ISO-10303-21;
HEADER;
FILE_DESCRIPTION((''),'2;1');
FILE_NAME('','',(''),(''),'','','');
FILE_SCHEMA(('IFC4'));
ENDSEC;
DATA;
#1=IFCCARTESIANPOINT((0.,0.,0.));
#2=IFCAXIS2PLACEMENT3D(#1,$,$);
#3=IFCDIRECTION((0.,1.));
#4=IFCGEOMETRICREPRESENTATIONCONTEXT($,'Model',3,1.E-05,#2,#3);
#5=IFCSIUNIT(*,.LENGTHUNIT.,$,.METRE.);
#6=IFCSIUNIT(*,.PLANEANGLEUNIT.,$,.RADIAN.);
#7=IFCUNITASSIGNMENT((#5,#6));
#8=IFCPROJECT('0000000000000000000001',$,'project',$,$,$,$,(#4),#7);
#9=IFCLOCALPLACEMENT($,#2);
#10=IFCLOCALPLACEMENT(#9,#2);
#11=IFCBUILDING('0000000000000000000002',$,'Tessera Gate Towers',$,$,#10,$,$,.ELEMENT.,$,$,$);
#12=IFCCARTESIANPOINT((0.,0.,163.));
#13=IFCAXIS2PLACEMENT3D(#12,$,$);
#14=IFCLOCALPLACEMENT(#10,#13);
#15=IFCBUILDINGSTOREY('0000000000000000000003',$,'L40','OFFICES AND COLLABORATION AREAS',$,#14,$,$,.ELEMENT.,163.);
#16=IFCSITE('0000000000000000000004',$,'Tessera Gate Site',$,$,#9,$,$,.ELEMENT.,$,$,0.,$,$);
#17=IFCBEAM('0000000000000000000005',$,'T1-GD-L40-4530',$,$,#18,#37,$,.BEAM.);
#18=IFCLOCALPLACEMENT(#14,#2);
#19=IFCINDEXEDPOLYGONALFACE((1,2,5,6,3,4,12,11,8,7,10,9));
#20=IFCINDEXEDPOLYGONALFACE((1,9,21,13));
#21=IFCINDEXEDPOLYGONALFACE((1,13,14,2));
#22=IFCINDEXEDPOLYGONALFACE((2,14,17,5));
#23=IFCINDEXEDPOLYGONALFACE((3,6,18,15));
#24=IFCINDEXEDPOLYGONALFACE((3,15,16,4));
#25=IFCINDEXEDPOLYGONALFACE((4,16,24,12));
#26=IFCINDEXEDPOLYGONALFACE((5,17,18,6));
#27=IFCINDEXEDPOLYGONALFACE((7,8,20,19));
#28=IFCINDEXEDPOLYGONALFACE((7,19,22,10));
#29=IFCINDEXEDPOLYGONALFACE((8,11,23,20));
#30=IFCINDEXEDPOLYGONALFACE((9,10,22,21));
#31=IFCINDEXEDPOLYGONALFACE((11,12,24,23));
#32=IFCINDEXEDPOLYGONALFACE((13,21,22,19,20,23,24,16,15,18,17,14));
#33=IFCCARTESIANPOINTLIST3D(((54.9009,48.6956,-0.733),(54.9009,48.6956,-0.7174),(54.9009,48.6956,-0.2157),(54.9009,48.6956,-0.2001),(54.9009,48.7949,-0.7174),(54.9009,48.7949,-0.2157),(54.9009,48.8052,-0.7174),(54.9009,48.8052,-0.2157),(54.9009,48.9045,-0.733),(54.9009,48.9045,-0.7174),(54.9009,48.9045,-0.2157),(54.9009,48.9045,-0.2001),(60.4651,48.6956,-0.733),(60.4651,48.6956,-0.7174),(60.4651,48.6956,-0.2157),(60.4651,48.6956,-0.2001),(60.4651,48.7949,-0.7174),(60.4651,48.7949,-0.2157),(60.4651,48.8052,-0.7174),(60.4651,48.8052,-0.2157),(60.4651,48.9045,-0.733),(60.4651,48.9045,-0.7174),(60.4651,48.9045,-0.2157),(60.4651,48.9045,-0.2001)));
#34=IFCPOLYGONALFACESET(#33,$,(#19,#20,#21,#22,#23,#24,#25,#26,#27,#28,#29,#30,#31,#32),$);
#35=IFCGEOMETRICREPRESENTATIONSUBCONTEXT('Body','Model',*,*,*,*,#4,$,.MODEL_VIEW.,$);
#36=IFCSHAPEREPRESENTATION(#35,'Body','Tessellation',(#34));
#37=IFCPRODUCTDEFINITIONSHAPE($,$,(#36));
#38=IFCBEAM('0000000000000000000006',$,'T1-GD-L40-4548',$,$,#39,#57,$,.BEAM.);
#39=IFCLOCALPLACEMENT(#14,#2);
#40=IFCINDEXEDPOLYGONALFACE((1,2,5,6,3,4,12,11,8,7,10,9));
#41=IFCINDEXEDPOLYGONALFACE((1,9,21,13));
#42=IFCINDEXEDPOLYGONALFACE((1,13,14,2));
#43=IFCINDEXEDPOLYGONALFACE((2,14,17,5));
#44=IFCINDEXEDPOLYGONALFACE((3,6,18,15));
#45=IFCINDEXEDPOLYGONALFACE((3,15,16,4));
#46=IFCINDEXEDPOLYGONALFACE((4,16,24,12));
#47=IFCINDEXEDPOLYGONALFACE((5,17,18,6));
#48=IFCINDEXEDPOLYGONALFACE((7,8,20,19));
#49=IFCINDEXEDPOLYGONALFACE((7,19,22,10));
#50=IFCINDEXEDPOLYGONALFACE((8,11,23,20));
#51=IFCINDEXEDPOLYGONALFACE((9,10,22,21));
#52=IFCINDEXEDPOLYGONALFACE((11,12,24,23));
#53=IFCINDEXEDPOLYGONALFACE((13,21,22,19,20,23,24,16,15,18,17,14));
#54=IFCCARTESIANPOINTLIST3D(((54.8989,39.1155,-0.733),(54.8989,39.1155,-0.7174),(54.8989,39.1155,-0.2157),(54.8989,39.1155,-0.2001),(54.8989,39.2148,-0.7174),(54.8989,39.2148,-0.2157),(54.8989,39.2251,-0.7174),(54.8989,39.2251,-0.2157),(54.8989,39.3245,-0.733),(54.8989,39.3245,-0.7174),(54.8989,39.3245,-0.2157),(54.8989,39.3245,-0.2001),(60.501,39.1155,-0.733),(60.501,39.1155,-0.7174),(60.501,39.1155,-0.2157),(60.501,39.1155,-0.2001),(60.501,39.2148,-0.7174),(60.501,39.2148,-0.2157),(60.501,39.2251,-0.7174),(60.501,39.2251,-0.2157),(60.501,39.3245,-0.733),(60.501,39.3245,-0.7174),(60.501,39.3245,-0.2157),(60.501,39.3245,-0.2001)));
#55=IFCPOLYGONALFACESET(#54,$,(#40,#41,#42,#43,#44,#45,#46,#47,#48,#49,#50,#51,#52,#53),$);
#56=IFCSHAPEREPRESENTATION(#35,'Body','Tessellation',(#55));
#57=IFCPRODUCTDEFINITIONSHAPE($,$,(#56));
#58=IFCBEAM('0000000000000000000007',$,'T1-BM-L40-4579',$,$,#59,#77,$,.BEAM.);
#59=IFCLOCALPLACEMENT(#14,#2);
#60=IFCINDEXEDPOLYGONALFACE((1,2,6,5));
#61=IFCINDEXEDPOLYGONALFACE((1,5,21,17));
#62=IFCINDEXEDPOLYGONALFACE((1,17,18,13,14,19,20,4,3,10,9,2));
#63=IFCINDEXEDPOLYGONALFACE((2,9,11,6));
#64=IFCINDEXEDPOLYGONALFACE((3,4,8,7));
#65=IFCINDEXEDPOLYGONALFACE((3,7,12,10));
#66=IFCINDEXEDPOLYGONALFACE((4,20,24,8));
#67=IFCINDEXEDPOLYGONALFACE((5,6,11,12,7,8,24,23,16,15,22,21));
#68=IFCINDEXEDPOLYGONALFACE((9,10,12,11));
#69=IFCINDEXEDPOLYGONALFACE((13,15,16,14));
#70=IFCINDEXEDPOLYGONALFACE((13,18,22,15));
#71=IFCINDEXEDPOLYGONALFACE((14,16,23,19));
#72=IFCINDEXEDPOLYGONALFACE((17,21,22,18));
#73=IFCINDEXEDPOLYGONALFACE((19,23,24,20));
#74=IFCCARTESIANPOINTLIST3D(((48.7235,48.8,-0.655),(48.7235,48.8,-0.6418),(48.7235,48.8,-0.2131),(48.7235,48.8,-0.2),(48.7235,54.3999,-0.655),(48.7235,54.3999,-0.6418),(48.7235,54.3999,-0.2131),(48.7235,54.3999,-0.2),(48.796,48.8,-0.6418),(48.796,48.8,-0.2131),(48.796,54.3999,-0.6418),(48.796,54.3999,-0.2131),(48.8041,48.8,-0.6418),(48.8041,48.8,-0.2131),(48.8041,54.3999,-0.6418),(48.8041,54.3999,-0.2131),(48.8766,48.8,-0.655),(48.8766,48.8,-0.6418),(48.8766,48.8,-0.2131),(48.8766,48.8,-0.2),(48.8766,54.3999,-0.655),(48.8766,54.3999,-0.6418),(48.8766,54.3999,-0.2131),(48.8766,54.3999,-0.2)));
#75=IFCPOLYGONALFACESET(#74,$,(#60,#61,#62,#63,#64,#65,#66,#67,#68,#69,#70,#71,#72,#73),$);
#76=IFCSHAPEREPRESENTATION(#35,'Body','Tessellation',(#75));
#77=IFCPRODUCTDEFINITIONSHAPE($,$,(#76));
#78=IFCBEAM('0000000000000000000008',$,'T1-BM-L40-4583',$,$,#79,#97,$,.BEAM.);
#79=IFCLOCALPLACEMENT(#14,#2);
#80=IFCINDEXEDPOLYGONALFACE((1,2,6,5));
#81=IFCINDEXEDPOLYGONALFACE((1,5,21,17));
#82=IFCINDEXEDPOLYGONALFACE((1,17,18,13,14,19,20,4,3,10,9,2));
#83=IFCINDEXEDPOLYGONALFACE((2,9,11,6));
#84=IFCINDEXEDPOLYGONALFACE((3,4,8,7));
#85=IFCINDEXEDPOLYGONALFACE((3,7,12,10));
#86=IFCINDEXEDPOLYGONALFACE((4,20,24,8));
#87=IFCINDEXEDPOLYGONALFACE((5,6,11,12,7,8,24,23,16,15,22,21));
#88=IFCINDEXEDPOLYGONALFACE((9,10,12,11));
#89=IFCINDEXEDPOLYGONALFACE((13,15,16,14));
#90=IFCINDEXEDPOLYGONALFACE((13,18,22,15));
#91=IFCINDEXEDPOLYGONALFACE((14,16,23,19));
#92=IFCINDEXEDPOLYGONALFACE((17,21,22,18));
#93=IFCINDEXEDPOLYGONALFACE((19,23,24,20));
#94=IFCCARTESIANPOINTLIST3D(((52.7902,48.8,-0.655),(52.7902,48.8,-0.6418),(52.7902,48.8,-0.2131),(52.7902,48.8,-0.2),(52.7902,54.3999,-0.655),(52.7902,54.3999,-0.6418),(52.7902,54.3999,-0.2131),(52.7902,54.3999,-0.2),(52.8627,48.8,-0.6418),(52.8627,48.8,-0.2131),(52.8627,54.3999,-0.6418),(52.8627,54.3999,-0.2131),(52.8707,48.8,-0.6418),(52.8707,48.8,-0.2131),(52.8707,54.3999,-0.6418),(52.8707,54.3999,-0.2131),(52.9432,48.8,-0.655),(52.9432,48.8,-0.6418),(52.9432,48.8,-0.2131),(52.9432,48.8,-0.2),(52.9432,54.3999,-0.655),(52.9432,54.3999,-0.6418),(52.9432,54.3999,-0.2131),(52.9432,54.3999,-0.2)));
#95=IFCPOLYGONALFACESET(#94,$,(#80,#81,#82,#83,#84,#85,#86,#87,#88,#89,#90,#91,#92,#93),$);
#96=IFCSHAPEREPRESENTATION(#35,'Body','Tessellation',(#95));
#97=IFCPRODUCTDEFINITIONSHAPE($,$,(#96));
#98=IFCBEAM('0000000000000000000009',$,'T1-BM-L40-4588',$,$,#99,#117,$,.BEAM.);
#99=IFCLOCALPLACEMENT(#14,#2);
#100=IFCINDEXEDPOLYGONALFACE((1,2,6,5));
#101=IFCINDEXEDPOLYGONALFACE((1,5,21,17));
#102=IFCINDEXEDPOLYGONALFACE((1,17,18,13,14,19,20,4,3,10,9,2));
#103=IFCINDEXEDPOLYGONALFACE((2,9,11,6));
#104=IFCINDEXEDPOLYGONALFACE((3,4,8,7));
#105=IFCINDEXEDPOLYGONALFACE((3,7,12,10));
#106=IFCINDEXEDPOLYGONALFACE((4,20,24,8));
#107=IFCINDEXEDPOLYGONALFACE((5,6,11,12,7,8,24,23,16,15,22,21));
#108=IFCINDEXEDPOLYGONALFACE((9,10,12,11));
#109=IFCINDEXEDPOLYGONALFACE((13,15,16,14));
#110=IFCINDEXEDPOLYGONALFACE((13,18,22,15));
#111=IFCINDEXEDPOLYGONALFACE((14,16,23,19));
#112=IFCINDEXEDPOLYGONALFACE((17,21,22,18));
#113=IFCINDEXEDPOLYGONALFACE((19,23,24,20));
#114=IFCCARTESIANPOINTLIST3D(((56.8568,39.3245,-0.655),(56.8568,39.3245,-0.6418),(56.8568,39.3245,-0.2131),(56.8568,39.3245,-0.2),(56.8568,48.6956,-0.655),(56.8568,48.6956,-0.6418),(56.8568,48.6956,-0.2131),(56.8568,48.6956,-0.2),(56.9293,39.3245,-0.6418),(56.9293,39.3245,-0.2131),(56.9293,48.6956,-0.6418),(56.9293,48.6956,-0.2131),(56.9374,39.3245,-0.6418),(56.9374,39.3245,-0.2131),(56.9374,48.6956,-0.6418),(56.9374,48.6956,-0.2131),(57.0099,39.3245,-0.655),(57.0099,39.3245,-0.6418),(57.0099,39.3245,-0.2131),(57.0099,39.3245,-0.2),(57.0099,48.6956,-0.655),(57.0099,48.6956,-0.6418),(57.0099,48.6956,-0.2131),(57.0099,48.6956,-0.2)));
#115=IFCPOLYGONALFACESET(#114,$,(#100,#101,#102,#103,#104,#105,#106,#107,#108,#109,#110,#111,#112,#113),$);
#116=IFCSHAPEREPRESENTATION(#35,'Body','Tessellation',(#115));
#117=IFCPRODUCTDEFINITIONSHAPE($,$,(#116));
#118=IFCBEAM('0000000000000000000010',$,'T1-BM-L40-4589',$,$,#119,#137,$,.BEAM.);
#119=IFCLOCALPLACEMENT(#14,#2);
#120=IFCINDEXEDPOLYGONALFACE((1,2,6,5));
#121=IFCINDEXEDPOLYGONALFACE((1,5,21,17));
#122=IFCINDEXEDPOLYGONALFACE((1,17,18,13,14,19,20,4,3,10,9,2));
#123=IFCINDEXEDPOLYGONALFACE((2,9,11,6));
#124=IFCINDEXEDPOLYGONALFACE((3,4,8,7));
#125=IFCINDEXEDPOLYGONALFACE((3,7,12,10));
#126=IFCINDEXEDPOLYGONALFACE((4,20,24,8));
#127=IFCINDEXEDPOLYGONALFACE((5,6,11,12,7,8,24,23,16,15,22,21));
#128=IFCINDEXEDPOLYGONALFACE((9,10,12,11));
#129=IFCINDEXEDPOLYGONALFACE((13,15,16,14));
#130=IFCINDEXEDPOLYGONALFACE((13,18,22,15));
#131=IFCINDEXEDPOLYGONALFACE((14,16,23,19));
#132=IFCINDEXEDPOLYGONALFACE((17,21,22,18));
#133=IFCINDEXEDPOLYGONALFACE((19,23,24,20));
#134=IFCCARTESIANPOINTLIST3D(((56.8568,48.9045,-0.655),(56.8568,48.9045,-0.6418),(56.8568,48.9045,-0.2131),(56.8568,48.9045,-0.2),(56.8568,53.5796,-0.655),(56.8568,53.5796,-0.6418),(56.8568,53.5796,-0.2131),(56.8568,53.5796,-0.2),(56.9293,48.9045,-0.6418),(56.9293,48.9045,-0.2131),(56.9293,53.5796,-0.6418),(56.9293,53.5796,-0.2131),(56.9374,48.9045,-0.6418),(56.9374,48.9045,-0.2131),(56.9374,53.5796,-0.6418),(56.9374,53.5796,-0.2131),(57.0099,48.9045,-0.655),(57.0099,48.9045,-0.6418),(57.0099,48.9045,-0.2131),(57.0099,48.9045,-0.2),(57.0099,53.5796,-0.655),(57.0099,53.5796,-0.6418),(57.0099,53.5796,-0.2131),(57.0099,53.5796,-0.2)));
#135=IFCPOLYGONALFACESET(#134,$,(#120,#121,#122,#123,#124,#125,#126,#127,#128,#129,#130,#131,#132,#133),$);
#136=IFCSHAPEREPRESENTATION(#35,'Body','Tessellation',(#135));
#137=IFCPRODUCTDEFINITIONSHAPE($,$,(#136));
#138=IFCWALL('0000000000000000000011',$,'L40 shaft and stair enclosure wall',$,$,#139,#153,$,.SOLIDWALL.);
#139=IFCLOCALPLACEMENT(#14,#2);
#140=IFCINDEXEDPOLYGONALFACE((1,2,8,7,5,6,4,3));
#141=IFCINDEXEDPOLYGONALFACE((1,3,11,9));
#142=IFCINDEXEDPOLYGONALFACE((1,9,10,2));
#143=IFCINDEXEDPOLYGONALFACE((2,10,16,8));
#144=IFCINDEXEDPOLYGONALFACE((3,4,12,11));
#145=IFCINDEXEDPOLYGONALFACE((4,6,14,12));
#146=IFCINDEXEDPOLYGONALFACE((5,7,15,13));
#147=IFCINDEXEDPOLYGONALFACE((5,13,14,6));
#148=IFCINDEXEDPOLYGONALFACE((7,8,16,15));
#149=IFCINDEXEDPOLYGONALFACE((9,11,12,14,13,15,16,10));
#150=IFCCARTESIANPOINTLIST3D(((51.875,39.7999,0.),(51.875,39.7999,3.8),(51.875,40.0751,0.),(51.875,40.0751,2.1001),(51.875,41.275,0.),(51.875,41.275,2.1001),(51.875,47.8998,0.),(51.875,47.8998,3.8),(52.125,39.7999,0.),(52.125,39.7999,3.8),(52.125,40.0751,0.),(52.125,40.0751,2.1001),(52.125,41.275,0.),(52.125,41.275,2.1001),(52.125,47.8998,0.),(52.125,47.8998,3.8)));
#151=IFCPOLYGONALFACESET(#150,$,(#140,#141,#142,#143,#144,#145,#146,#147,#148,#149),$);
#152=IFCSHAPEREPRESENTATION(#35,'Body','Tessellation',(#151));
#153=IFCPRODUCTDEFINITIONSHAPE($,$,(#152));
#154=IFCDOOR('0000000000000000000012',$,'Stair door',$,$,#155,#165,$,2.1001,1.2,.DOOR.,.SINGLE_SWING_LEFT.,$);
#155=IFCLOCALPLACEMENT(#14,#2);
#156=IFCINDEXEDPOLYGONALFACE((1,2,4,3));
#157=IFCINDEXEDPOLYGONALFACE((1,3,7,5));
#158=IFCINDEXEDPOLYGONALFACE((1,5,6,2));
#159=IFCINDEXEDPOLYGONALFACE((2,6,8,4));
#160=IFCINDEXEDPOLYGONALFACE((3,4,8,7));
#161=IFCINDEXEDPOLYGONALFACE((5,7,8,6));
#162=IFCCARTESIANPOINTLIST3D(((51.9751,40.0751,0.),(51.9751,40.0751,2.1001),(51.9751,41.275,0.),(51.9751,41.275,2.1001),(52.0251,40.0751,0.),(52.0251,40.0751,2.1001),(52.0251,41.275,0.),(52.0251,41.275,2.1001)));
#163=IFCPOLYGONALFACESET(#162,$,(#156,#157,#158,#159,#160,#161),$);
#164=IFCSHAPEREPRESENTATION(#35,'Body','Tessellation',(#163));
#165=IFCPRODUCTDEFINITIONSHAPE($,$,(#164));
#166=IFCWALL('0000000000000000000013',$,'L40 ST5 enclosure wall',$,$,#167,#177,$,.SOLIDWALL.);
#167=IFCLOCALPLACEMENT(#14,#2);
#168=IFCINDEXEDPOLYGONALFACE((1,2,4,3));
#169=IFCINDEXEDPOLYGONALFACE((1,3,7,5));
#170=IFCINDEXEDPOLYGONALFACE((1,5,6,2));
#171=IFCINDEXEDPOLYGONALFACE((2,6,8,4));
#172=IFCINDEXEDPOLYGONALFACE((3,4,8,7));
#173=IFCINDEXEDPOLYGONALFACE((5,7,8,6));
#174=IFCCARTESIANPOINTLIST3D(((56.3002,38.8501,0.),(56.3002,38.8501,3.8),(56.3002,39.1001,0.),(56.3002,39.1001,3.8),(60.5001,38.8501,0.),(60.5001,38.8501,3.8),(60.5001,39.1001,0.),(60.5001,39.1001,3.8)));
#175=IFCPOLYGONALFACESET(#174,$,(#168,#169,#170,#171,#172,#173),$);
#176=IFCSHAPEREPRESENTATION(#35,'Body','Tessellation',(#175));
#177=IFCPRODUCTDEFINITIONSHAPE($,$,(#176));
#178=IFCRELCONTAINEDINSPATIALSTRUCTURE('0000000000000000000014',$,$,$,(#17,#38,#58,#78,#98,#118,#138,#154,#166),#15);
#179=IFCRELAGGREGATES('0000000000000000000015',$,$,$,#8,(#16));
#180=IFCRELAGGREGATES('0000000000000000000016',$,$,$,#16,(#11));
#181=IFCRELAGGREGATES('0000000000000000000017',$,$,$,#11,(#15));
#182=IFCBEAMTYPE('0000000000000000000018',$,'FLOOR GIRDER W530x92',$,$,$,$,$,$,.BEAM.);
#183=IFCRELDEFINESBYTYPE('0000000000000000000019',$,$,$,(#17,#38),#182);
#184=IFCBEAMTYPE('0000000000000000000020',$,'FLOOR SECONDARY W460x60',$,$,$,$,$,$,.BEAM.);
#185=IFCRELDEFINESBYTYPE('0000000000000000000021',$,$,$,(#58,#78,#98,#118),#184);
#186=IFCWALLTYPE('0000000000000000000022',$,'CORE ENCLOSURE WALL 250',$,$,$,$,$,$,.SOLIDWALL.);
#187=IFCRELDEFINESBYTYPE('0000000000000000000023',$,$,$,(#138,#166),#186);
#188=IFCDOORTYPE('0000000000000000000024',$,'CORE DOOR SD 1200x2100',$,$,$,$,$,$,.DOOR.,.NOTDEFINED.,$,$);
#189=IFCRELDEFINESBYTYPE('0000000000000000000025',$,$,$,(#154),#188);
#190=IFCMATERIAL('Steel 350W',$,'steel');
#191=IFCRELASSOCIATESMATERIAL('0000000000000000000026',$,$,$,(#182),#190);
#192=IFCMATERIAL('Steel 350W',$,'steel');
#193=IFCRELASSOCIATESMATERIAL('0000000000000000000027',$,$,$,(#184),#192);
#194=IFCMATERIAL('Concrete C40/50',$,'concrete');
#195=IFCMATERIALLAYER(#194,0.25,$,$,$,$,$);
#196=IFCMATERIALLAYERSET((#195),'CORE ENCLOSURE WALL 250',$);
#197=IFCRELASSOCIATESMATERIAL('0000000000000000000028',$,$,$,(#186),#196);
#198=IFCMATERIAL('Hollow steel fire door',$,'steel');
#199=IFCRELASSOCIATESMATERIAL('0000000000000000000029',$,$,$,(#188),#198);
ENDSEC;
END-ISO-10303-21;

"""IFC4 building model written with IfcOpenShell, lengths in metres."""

from ifc_helpers import new_model, si_unit, direction, frame, frame_2d, origin, origin_2d, place, context, subcontext, project, spatial, rectangle, i_section, extrude, source, transform, mapped, material, layer, layer_set, material_profile, profile_set, type_object, element, fill, save


model = new_model("IFC4")

# Units and contexts
model_context = context("Model", 3, precision=1e-05, world=origin(), true_north=direction((0.0, 1.0)))
body_context = subcontext(model_context, "Body", "Model", "MODEL_VIEW")
ifc_project = project(units=[si_unit("LENGTHUNIT", "METRE"), si_unit("PLANEANGLEUNIT", "RADIAN")], contexts=[model_context])

# Site, building, storey
site_placement = place(None, origin())
site = spatial("IfcSite", under=ifc_project, at=site_placement, Name="Tessera Gate Site", CompositionType="ELEMENT", RefElevation=0.0)
building_placement = place(site_placement, origin())
building = spatial("IfcBuilding", under=site, at=building_placement, Name="Tessera Gate Towers", CompositionType="ELEMENT")
storey_placement = place(building_placement, frame((0.0, 0.0, 163.0)))
storey = spatial("IfcBuildingStorey", under=building, at=storey_placement, Name="L40", Description="OFFICES AND COLLABORATION AREAS", CompositionType="ELEMENT", Elevation=163.0)

# Beams
ifc_material_1 = material(Name="Steel 350W", Category="steel")
ifc_material_profile_1 = material_profile(ifc_material_1, i_section(OverallWidth=0.209, OverallDepth=0.533, WebThickness=0.0103, FlangeThickness=0.0156, at=origin_2d()), Name="W530x92")
ifc_profile_set_1 = profile_set([ifc_material_profile_1], Name="Steel 350W")
beam_type_1 = type_object("IfcBeamType", Name="FLOOR GIRDER W530x92", PredefinedType="BEAM", material=ifc_profile_set_1)
beam_1_placement = place(storey_placement, frame((54.9009, 48.8, -0.4666), z_axis=(1.0, 0.0, 0.0), x_axis=(0.0, 1.0, 0.0)))
element("IfcBeam", 1, at=beam_1_placement, inside=storey, type_object=beam_type_1, Name="T1-GD-L40-4530", PredefinedType="BEAM", context=body_context, shape_type="SweptSolid", body=[
    extrude(i_section(OverallWidth=0.209, OverallDepth=0.533, WebThickness=0.0103, FlangeThickness=0.0156, at=origin_2d()), origin(), (0.0, 0.0, 1.0), 5.5642),
])
beam_2_placement = place(storey_placement, frame((54.8989, 39.22, -0.4666), z_axis=(1.0, 0.0, 0.0), x_axis=(0.0, 1.0, 0.0)))
element("IfcBeam", 2, at=beam_2_placement, inside=storey, type_object=beam_type_1, Name="T1-GD-L40-4548", PredefinedType="BEAM", context=body_context, shape_type="SweptSolid", body=[
    extrude(i_section(OverallWidth=0.209, OverallDepth=0.533, WebThickness=0.0103, FlangeThickness=0.0156, at=origin_2d()), origin(), (0.0, 0.0, 1.0), 5.6021),
])
ifc_material_2 = material(Name="Steel 350W", Category="steel")
ifc_material_profile_2 = material_profile(ifc_material_2, i_section(OverallWidth=0.1531, OverallDepth=0.4551, WebThickness=0.0081, FlangeThickness=0.0132, at=origin_2d()), Name="W460x60")
ifc_profile_set_2 = profile_set([ifc_material_profile_2], Name="Steel 350W")
beam_type_2 = type_object("IfcBeamType", Name="FLOOR SECONDARY W460x60", PredefinedType="BEAM", material=ifc_profile_set_2)
for number, where, z_axis, x_axis, name in (
    (3, (48.8, 48.8, -0.4275), (0.0, 1.0, 0.0), (-1.0, 0.0, 0.0), "T1-BM-L40-4579"),
    (4, (52.8667, 48.8, -0.4275), (0.0, 1.0, 0.0), (-1.0, 0.0, 0.0), "T1-BM-L40-4583"),
):
    element("IfcBeam", number, at=place(storey_placement, frame(where, z_axis=z_axis, x_axis=x_axis)), inside=storey, type_object=beam_type_2, Name=name, PredefinedType="BEAM", context=body_context, shape_type="SweptSolid", body=[
        extrude(i_section(OverallWidth=0.1531, OverallDepth=0.4551, WebThickness=0.0081, FlangeThickness=0.0132, at=origin_2d()), origin(), (0.0, 0.0, 1.0), 5.5999),
    ])
beam_3_placement = place(storey_placement, frame((56.9333, 39.3245, -0.4275), z_axis=(0.0, 1.0, 0.0), x_axis=(-1.0, 0.0, 0.0)))
element("IfcBeam", 5, at=beam_3_placement, inside=storey, type_object=beam_type_2, Name="T1-BM-L40-4588", PredefinedType="BEAM", context=body_context, shape_type="SweptSolid", body=[
    extrude(i_section(OverallWidth=0.1531, OverallDepth=0.4551, WebThickness=0.0081, FlangeThickness=0.0132, at=origin_2d()), origin(), (0.0, 0.0, 1.0), 9.3711),
])
beam_4_placement = place(storey_placement, frame((56.9333, 48.9045, -0.4275), z_axis=(0.0, 1.0, 0.0), x_axis=(-1.0, 0.0, 0.0)))
element("IfcBeam", 6, at=beam_4_placement, inside=storey, type_object=beam_type_2, Name="T1-BM-L40-4589", PredefinedType="BEAM", context=body_context, shape_type="SweptSolid", body=[
    extrude(i_section(OverallWidth=0.1531, OverallDepth=0.4551, WebThickness=0.0081, FlangeThickness=0.0132, at=origin_2d()), origin(), (0.0, 0.0, 1.0), 4.675),
])

# Wall, opening, door
ifc_material_3 = material(Name="Concrete C40/50", Category="concrete")
ifc_layer_1 = layer(ifc_material_3, 0.25)
ifc_layer_set_1 = layer_set([ifc_layer_1], Name="CORE ENCLOSURE WALL 250")
wall_type_1 = type_object("IfcWallType", Name="CORE ENCLOSURE WALL 250", PredefinedType="SOLIDWALL", material=ifc_layer_set_1)
wall_1_placement = place(storey_placement, frame((52.0, 39.8, 0.0), z_axis=(0.0, 0.0, 1.0), x_axis=(0.0, 1.0, 0.0)))
wall_1 = element("IfcWall", 7, at=wall_1_placement, inside=storey, type_object=wall_type_1, Name="L40 shaft and stair enclosure wall", PredefinedType="SOLIDWALL", context=body_context, shape_type="SweptSolid", body=[
    extrude(rectangle(XDim=8.0999, YDim=0.25, at=frame_2d((4.0498, 0.0))), origin(), (0.0, 0.0, 1.0), 3.8),
])
shared_shape_1 = source(origin(), body_context, "Body", "SweptSolid", [
    extrude(rectangle(XDim=1.2, YDim=2.1001, at=frame_2d((0.6001, 1.05))), frame((0.0, 0.135, 0.0), z_axis=(0.0, -1.0, 0.0), x_axis=(1.0, 0.0, 0.0)), (0.0, 0.0, 1.0), 0.27),
])
opening_1_placement = place(wall_1_placement, frame((0.2749, 0.0, 0.0)))
opening_1 = element("IfcOpeningElement", 8, at=opening_1_placement, cuts=wall_1, PredefinedType="OPENING", context=body_context, shape_type="MappedRepresentation", body=[
    mapped(shared_shape_1, transform((0.0, 0.0, 0.0), scale=1.0)),
])
ifc_material_4 = material(Name="Hollow steel fire door", Category="steel")
door_type_1 = type_object("IfcDoorType", Name="CORE DOOR SD 1200x2100", OperationType="NOTDEFINED", PredefinedType="DOOR", material=ifc_material_4)
shared_shape_2 = source(origin(), body_context, "Body", "SweptSolid", [
    extrude(rectangle(XDim=1.2, YDim=2.1001, at=frame_2d((0.6001, 1.05))), frame((0.0, 0.0249, 0.0), z_axis=(0.0, -1.0, 0.0), x_axis=(1.0, 0.0, 0.0)), (0.0, 0.0, 1.0), 0.05),
])
door_1_placement = place(opening_1_placement, origin())
door_1 = element("IfcDoor", 9, at=door_1_placement, inside=storey, type_object=door_type_1, Name="Stair door", OperationType="SINGLE_SWING_LEFT", OverallHeight=2.1001, OverallWidth=1.2, PredefinedType="DOOR", context=body_context, shape_type="MappedRepresentation", body=[
    mapped(shared_shape_2, transform((0.0, 0.0, 0.0), scale=1.0)),
])
fill(opening_1, door_1)

# Wall
wall_2_placement = place(storey_placement, frame((56.3, 38.9751, 0.0), z_axis=(0.0, 0.0, 1.0), x_axis=(1.0, 0.0, 0.0)))
element("IfcWall", 10, at=wall_2_placement, inside=storey, type_object=wall_type_1, Name="L40 ST5 enclosure wall", PredefinedType="SOLIDWALL", context=body_context, shape_type="SweptSolid", body=[
    extrude(rectangle(XDim=4.2, YDim=0.25, at=frame_2d((2.1001, 0.0))), origin(), (0.0, 0.0, 1.0), 3.8),
])

save(model, "model.ifc")
